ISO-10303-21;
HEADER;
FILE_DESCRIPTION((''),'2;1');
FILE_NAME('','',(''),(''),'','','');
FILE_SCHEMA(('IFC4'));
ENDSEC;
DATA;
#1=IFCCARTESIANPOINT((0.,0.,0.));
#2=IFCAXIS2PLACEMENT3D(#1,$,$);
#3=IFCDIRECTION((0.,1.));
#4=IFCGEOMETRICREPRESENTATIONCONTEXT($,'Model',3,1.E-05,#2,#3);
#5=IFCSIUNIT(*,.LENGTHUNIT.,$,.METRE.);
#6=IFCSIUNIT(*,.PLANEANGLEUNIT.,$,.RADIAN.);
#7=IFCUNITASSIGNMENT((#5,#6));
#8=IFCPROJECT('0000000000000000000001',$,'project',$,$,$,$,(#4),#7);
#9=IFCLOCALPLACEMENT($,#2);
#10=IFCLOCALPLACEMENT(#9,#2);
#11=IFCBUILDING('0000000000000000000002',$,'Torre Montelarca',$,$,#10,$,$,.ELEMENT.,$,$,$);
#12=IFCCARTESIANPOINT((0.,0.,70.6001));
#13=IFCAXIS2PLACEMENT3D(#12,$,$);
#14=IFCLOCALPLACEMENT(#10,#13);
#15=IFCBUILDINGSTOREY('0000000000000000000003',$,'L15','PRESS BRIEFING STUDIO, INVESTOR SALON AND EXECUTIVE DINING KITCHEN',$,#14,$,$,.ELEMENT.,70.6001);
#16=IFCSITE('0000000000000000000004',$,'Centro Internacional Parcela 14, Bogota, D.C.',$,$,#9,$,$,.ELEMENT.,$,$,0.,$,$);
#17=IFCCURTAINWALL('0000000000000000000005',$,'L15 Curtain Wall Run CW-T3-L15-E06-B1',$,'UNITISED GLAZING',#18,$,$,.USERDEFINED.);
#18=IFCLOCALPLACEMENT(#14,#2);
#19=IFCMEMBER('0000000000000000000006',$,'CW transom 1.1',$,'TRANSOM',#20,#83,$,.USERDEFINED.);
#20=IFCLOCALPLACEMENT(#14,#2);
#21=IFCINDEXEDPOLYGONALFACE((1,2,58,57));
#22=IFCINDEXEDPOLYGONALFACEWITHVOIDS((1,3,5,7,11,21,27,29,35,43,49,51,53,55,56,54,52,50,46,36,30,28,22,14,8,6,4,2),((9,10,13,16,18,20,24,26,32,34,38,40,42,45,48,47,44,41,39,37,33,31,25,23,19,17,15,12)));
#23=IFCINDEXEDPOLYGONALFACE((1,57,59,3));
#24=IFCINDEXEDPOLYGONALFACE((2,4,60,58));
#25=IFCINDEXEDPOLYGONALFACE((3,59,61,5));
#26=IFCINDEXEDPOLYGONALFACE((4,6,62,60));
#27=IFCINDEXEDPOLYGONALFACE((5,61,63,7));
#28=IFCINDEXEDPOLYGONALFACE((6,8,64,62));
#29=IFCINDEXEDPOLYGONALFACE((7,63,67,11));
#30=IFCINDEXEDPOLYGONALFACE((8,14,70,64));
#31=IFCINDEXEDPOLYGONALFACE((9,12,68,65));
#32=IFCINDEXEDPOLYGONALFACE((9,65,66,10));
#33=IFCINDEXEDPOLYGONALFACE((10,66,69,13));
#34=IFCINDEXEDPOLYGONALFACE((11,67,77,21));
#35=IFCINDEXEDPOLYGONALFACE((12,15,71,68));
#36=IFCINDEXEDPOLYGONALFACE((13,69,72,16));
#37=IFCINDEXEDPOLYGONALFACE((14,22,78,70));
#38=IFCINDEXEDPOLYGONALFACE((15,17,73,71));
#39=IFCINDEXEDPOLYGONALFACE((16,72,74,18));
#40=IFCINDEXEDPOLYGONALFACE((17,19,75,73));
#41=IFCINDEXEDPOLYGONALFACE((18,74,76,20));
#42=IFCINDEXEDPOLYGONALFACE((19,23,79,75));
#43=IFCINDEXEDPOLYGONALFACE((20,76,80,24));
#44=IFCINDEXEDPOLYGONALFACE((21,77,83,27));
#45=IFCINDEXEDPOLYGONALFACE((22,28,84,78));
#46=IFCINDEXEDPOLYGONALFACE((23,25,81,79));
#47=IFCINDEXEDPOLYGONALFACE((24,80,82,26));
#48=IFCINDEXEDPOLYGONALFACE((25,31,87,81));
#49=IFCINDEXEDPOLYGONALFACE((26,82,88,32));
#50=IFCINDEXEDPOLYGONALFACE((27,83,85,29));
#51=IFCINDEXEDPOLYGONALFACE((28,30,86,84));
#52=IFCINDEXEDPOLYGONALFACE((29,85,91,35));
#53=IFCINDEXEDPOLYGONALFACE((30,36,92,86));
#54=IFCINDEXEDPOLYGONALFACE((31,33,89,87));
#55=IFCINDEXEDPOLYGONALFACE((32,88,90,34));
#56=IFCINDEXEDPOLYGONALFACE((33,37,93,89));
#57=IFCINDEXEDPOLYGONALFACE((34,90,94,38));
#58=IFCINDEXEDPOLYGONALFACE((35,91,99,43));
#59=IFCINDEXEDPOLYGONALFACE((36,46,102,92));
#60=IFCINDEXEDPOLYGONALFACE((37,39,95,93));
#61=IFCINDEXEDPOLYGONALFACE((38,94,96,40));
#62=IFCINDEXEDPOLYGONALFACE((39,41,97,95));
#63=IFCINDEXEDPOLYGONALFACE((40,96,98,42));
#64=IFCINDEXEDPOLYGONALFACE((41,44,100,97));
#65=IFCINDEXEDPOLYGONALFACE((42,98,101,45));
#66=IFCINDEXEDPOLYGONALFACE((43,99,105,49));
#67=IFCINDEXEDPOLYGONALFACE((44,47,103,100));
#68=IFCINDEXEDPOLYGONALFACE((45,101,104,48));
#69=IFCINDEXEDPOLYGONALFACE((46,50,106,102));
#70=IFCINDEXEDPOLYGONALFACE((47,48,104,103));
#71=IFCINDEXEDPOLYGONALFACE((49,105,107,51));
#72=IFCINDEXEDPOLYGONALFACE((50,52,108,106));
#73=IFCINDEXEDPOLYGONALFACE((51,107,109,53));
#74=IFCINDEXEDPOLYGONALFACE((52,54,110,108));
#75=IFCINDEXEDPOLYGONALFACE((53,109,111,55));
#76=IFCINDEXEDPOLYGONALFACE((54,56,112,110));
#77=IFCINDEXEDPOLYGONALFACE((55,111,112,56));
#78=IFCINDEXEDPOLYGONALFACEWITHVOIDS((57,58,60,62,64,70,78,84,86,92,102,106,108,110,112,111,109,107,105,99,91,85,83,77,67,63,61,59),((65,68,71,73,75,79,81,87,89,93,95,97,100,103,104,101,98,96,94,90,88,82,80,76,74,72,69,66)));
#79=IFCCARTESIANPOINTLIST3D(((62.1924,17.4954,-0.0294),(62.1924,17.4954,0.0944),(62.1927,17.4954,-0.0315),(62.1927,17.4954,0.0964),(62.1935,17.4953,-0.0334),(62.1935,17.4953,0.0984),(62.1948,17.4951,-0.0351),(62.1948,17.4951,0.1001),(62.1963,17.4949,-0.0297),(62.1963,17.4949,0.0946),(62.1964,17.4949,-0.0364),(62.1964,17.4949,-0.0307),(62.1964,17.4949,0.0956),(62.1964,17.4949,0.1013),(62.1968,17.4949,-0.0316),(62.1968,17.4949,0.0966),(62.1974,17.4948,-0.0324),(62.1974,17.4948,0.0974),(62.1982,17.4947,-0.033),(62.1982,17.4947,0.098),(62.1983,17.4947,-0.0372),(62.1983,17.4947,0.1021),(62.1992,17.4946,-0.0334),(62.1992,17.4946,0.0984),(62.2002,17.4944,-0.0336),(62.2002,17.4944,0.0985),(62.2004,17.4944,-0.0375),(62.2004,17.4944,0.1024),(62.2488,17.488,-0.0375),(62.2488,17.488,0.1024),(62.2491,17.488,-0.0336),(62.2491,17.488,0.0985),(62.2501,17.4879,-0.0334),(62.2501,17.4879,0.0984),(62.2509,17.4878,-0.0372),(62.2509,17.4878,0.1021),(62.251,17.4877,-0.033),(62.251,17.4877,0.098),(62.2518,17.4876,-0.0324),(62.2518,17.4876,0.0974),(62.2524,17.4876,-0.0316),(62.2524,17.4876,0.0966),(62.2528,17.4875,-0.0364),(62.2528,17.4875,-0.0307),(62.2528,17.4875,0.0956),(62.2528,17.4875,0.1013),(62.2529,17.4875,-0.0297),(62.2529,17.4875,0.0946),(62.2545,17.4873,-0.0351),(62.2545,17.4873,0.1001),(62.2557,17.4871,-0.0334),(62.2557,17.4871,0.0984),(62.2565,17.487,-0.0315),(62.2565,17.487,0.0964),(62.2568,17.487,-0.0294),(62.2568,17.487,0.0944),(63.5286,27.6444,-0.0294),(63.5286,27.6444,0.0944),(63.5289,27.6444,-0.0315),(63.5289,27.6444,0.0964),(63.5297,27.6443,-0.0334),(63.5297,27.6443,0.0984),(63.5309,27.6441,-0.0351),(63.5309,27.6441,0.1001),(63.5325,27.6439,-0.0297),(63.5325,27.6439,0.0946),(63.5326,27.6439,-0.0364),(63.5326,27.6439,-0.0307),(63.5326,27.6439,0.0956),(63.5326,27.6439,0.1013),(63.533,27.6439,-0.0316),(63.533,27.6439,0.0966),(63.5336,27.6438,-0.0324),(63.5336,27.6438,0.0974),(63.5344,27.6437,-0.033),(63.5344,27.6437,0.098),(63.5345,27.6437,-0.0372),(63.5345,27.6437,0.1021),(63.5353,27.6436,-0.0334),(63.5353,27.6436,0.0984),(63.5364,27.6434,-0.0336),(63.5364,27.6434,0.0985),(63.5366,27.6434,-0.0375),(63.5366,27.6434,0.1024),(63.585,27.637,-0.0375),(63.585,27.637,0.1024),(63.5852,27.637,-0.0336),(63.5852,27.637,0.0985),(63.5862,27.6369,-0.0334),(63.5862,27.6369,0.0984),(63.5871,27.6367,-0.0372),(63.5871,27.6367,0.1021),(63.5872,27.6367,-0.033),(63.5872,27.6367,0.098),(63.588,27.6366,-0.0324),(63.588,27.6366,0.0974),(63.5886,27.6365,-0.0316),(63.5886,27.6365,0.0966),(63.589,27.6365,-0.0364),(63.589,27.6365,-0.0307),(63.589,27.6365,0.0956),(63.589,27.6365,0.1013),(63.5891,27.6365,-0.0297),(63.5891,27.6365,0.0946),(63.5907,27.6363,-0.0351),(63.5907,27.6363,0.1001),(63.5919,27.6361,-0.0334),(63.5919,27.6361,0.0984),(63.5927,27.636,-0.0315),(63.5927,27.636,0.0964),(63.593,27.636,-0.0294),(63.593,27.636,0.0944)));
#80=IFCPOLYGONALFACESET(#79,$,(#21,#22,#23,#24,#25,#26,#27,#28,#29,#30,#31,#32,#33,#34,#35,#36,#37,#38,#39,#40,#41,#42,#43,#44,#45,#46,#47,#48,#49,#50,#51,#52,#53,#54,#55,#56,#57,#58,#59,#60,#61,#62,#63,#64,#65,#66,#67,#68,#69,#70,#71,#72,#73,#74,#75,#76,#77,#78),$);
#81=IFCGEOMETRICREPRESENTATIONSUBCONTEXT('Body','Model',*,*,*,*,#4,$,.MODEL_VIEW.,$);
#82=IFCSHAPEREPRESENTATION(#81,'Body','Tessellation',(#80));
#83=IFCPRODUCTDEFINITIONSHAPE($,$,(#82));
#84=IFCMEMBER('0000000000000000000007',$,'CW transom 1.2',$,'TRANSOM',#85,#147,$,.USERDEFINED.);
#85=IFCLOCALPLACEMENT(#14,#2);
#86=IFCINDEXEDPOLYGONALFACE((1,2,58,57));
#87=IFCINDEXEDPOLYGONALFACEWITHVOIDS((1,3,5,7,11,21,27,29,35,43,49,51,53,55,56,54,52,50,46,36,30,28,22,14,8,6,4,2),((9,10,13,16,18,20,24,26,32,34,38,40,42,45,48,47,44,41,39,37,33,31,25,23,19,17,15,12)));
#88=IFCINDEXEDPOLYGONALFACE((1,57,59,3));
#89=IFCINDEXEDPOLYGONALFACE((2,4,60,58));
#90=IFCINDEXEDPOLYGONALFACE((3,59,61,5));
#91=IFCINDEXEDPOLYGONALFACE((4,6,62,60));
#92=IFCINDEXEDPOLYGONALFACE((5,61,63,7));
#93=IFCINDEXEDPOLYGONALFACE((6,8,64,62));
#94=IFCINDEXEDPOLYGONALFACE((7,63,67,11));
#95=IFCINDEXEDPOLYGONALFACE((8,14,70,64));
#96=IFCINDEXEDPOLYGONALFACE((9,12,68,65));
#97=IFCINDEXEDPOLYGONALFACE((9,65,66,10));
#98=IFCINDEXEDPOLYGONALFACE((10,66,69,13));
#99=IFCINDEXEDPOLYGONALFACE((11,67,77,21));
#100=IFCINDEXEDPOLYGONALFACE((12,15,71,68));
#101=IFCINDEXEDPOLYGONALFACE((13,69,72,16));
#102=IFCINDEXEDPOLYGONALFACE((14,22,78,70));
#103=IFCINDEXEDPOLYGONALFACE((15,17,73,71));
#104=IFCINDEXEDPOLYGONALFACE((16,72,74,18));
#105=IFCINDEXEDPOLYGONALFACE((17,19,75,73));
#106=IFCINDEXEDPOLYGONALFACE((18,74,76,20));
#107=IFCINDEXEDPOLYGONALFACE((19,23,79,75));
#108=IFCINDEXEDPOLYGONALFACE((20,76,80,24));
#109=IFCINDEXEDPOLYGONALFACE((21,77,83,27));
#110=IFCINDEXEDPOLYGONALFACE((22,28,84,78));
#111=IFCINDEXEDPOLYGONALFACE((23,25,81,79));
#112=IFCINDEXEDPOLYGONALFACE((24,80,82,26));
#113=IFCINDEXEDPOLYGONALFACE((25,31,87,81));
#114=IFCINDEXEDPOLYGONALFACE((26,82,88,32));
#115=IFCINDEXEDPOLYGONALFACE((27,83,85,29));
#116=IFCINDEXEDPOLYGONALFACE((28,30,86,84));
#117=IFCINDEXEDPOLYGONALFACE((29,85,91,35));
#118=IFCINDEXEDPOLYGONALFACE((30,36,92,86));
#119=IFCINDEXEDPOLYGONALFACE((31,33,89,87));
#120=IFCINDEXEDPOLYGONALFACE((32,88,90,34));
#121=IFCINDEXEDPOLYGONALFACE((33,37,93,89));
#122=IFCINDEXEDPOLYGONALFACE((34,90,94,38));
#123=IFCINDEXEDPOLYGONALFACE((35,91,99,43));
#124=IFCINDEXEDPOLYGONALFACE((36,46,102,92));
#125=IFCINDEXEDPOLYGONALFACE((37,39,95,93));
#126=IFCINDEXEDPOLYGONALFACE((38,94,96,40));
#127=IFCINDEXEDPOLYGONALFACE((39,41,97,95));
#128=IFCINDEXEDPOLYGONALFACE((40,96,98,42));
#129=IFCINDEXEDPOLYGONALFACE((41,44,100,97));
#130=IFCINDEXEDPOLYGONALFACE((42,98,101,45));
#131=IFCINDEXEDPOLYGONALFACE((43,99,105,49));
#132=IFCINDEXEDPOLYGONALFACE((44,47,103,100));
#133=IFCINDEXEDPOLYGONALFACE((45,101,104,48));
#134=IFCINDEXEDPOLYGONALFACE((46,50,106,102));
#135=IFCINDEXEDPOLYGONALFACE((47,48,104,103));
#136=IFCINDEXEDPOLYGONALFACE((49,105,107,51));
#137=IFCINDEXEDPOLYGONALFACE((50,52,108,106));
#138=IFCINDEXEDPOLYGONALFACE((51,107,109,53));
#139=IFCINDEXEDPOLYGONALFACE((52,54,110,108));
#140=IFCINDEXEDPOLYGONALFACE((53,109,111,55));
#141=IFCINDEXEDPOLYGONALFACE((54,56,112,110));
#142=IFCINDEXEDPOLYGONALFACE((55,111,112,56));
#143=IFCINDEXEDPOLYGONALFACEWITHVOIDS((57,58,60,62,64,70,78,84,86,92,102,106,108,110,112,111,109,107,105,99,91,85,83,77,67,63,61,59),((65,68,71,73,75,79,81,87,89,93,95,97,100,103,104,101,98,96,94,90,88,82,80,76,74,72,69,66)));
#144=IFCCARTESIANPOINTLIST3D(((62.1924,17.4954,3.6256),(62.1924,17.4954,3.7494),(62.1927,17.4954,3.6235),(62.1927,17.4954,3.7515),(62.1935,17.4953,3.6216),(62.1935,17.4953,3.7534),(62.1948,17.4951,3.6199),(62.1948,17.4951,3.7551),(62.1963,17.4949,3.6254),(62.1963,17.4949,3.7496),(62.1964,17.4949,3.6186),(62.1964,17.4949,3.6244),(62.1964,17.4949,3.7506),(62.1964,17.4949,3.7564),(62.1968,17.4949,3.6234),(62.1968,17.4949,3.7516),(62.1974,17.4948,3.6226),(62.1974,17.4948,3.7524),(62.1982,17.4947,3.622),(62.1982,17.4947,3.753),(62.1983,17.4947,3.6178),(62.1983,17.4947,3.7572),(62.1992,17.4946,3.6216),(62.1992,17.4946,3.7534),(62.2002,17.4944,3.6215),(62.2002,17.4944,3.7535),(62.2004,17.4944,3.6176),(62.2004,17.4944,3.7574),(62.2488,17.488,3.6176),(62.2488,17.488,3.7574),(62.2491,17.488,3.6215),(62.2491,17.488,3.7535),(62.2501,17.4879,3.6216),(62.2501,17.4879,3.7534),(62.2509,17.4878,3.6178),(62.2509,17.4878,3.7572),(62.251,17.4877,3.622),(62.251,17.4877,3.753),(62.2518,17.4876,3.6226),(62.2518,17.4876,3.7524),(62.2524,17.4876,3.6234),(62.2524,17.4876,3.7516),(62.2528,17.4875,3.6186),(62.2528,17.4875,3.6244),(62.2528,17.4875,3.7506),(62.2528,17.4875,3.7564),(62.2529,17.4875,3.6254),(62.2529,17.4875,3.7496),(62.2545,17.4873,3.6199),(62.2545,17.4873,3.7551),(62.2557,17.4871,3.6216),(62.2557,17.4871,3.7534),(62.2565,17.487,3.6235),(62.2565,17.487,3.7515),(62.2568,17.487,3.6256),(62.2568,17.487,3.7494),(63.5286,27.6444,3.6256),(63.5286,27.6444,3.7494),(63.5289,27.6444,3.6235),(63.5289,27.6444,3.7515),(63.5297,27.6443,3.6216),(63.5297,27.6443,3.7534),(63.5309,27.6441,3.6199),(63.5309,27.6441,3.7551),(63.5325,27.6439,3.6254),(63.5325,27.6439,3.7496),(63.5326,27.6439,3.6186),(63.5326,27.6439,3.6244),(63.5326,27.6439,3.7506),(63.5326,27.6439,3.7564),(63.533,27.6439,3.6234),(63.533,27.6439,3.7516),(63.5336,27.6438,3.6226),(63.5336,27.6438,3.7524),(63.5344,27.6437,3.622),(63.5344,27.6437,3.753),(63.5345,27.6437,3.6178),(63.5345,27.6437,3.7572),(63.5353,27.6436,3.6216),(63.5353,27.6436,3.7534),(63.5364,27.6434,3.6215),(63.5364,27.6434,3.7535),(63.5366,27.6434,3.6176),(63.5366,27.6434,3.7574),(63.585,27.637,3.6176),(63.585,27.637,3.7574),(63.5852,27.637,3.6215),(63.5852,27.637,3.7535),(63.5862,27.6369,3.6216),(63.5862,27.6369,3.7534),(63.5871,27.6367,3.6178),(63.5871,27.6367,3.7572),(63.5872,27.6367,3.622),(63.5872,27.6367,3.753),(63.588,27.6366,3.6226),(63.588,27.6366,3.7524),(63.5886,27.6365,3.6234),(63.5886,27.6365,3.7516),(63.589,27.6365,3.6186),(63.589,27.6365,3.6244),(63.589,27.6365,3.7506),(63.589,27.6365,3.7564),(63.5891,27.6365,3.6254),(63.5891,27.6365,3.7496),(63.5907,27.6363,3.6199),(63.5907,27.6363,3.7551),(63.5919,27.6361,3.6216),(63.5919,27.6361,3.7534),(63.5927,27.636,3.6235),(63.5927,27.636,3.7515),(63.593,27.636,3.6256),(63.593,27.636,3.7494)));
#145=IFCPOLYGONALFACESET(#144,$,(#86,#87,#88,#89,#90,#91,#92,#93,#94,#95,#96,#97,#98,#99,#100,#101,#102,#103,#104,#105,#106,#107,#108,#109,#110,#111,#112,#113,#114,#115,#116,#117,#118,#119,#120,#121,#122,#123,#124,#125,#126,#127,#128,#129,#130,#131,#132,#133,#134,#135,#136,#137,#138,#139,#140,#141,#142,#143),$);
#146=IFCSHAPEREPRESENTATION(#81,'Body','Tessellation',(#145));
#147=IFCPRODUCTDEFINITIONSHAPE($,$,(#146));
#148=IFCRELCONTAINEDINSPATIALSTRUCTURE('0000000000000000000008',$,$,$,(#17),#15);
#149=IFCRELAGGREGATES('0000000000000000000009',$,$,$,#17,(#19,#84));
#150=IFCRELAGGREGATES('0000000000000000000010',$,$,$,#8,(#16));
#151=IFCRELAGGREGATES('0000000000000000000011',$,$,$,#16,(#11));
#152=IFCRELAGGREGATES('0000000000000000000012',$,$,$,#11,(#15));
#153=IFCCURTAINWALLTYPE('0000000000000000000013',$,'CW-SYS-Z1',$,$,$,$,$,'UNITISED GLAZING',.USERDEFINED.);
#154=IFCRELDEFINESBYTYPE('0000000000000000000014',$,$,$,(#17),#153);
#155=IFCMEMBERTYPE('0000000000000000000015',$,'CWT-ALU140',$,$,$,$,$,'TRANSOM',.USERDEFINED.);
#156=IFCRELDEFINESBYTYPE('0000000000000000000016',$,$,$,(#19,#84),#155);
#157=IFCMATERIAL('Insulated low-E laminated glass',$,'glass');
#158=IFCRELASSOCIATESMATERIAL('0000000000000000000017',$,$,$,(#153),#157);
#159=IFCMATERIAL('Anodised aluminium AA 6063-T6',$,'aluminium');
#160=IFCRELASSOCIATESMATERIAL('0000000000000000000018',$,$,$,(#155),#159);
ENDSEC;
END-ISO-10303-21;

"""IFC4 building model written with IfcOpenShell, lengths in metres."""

from ifc_helpers import new_model, si_unit, direction, frame, origin, origin_2d, place, context, subcontext, project, spatial, hollow_rectangle, extrude, source, transform, mapped, material, material_profile, profile_set, type_object, element, aggregate, save


model = new_model("IFC4")

# Units and contexts
model_context = context("Model", 3, precision=1e-05, world=origin(), true_north=direction((0.0, 1.0)))
body_context = subcontext(model_context, "Body", "Model", "MODEL_VIEW")
ifc_project = project(units=[si_unit("LENGTHUNIT", "METRE"), si_unit("PLANEANGLEUNIT", "RADIAN")], contexts=[model_context])

# Site, building, storey
site_placement = place(None, origin())
site = spatial("IfcSite", under=ifc_project, at=site_placement, Name="Centro Internacional Parcela 14, Bogota, D.C.", CompositionType="ELEMENT", RefElevation=0.0)
building_placement = place(site_placement, origin())
building = spatial("IfcBuilding", under=site, at=building_placement, Name="Torre Montelarca", CompositionType="ELEMENT")
storey_placement = place(building_placement, frame((0.0, 0.0, 70.6001)))
storey = spatial("IfcBuildingStorey", under=building, at=storey_placement, Name="L15", Description="PRESS BRIEFING STUDIO, INVESTOR SALON AND EXECUTIVE DINING KITCHEN", CompositionType="ELEMENT", Elevation=70.6001)

# Curtain wall, members
ifc_material_1 = material(Name="Insulated low-E laminated glass", Category="glass")
curtain_wall_type = type_object("IfcCurtainWallType", Name="CW-SYS-Z1", ElementType="UNITISED GLAZING", PredefinedType="USERDEFINED", material=ifc_material_1)
ifc_material_2 = material(Name="Anodised aluminium AA 6063-T6", Category="aluminium")
ifc_material_profile_1 = material_profile(ifc_material_2, hollow_rectangle(XDim=0.0649, YDim=0.1399, WallThickness=0.0039, InnerFilletRadius=0.0039, OuterFilletRadius=0.0081, at=origin_2d()), Name="ALU65X140X4", Category="aluminium")
ifc_profile_set_1 = profile_set([ifc_material_profile_1], Name="Anodised aluminium AA 6063-T6")
member_type_1 = type_object("IfcMemberType", Name="CWT-ALU140", ElementType="TRANSOM", PredefinedType="USERDEFINED", material=ifc_profile_set_1)
curtain_wall_1_placement = place(storey_placement, origin())
curtain_wall_1 = element("IfcCurtainWall", 1, at=curtain_wall_1_placement, inside=storey, type_object=curtain_wall_type, Name="L15 Curtain Wall Run CW-T3-L15-E06-B1", ObjectType="UNITISED GLAZING", PredefinedType="USERDEFINED")
shared_shape_1 = source(origin(), body_context, "Body", "SweptSolid", [
    extrude(hollow_rectangle(XDim=0.0649, YDim=0.1399, WallThickness=0.0039, InnerFilletRadius=0.0039, OuterFilletRadius=0.0081, at=origin_2d()), origin(), (0.0, 0.0, 1.0), 10.2366),
])
member_1_placement = place(storey_placement, frame((62.2246, 17.4912, 0.0325), z_axis=(0.130531, 0.991444, 0.0), x_axis=(-0.991444, 0.130531, 0.0)))
member_1 = element("IfcMember", 2, at=member_1_placement, type_object=member_type_1, Name="CW transom 1.1", ObjectType="TRANSOM", PredefinedType="USERDEFINED", context=body_context, shape_type="MappedRepresentation", body=[
    mapped(shared_shape_1, transform((0.0, 0.0, 0.0), scale=1.0)),
])
member_2_placement = place(storey_placement, frame((62.2246, 17.4912, 3.6875), z_axis=(0.130531, 0.991444, 0.0), x_axis=(-0.991444, 0.130531, 0.0)))
member_2 = element("IfcMember", 3, at=member_2_placement, type_object=member_type_1, Name="CW transom 1.2", ObjectType="TRANSOM", PredefinedType="USERDEFINED", context=body_context, shape_type="MappedRepresentation", body=[
    mapped(shared_shape_1, transform((0.0, 0.0, 0.0), scale=1.0)),
])

aggregate(curtain_wall_1, [member_1, member_2])

save(model, "model.ifc")
